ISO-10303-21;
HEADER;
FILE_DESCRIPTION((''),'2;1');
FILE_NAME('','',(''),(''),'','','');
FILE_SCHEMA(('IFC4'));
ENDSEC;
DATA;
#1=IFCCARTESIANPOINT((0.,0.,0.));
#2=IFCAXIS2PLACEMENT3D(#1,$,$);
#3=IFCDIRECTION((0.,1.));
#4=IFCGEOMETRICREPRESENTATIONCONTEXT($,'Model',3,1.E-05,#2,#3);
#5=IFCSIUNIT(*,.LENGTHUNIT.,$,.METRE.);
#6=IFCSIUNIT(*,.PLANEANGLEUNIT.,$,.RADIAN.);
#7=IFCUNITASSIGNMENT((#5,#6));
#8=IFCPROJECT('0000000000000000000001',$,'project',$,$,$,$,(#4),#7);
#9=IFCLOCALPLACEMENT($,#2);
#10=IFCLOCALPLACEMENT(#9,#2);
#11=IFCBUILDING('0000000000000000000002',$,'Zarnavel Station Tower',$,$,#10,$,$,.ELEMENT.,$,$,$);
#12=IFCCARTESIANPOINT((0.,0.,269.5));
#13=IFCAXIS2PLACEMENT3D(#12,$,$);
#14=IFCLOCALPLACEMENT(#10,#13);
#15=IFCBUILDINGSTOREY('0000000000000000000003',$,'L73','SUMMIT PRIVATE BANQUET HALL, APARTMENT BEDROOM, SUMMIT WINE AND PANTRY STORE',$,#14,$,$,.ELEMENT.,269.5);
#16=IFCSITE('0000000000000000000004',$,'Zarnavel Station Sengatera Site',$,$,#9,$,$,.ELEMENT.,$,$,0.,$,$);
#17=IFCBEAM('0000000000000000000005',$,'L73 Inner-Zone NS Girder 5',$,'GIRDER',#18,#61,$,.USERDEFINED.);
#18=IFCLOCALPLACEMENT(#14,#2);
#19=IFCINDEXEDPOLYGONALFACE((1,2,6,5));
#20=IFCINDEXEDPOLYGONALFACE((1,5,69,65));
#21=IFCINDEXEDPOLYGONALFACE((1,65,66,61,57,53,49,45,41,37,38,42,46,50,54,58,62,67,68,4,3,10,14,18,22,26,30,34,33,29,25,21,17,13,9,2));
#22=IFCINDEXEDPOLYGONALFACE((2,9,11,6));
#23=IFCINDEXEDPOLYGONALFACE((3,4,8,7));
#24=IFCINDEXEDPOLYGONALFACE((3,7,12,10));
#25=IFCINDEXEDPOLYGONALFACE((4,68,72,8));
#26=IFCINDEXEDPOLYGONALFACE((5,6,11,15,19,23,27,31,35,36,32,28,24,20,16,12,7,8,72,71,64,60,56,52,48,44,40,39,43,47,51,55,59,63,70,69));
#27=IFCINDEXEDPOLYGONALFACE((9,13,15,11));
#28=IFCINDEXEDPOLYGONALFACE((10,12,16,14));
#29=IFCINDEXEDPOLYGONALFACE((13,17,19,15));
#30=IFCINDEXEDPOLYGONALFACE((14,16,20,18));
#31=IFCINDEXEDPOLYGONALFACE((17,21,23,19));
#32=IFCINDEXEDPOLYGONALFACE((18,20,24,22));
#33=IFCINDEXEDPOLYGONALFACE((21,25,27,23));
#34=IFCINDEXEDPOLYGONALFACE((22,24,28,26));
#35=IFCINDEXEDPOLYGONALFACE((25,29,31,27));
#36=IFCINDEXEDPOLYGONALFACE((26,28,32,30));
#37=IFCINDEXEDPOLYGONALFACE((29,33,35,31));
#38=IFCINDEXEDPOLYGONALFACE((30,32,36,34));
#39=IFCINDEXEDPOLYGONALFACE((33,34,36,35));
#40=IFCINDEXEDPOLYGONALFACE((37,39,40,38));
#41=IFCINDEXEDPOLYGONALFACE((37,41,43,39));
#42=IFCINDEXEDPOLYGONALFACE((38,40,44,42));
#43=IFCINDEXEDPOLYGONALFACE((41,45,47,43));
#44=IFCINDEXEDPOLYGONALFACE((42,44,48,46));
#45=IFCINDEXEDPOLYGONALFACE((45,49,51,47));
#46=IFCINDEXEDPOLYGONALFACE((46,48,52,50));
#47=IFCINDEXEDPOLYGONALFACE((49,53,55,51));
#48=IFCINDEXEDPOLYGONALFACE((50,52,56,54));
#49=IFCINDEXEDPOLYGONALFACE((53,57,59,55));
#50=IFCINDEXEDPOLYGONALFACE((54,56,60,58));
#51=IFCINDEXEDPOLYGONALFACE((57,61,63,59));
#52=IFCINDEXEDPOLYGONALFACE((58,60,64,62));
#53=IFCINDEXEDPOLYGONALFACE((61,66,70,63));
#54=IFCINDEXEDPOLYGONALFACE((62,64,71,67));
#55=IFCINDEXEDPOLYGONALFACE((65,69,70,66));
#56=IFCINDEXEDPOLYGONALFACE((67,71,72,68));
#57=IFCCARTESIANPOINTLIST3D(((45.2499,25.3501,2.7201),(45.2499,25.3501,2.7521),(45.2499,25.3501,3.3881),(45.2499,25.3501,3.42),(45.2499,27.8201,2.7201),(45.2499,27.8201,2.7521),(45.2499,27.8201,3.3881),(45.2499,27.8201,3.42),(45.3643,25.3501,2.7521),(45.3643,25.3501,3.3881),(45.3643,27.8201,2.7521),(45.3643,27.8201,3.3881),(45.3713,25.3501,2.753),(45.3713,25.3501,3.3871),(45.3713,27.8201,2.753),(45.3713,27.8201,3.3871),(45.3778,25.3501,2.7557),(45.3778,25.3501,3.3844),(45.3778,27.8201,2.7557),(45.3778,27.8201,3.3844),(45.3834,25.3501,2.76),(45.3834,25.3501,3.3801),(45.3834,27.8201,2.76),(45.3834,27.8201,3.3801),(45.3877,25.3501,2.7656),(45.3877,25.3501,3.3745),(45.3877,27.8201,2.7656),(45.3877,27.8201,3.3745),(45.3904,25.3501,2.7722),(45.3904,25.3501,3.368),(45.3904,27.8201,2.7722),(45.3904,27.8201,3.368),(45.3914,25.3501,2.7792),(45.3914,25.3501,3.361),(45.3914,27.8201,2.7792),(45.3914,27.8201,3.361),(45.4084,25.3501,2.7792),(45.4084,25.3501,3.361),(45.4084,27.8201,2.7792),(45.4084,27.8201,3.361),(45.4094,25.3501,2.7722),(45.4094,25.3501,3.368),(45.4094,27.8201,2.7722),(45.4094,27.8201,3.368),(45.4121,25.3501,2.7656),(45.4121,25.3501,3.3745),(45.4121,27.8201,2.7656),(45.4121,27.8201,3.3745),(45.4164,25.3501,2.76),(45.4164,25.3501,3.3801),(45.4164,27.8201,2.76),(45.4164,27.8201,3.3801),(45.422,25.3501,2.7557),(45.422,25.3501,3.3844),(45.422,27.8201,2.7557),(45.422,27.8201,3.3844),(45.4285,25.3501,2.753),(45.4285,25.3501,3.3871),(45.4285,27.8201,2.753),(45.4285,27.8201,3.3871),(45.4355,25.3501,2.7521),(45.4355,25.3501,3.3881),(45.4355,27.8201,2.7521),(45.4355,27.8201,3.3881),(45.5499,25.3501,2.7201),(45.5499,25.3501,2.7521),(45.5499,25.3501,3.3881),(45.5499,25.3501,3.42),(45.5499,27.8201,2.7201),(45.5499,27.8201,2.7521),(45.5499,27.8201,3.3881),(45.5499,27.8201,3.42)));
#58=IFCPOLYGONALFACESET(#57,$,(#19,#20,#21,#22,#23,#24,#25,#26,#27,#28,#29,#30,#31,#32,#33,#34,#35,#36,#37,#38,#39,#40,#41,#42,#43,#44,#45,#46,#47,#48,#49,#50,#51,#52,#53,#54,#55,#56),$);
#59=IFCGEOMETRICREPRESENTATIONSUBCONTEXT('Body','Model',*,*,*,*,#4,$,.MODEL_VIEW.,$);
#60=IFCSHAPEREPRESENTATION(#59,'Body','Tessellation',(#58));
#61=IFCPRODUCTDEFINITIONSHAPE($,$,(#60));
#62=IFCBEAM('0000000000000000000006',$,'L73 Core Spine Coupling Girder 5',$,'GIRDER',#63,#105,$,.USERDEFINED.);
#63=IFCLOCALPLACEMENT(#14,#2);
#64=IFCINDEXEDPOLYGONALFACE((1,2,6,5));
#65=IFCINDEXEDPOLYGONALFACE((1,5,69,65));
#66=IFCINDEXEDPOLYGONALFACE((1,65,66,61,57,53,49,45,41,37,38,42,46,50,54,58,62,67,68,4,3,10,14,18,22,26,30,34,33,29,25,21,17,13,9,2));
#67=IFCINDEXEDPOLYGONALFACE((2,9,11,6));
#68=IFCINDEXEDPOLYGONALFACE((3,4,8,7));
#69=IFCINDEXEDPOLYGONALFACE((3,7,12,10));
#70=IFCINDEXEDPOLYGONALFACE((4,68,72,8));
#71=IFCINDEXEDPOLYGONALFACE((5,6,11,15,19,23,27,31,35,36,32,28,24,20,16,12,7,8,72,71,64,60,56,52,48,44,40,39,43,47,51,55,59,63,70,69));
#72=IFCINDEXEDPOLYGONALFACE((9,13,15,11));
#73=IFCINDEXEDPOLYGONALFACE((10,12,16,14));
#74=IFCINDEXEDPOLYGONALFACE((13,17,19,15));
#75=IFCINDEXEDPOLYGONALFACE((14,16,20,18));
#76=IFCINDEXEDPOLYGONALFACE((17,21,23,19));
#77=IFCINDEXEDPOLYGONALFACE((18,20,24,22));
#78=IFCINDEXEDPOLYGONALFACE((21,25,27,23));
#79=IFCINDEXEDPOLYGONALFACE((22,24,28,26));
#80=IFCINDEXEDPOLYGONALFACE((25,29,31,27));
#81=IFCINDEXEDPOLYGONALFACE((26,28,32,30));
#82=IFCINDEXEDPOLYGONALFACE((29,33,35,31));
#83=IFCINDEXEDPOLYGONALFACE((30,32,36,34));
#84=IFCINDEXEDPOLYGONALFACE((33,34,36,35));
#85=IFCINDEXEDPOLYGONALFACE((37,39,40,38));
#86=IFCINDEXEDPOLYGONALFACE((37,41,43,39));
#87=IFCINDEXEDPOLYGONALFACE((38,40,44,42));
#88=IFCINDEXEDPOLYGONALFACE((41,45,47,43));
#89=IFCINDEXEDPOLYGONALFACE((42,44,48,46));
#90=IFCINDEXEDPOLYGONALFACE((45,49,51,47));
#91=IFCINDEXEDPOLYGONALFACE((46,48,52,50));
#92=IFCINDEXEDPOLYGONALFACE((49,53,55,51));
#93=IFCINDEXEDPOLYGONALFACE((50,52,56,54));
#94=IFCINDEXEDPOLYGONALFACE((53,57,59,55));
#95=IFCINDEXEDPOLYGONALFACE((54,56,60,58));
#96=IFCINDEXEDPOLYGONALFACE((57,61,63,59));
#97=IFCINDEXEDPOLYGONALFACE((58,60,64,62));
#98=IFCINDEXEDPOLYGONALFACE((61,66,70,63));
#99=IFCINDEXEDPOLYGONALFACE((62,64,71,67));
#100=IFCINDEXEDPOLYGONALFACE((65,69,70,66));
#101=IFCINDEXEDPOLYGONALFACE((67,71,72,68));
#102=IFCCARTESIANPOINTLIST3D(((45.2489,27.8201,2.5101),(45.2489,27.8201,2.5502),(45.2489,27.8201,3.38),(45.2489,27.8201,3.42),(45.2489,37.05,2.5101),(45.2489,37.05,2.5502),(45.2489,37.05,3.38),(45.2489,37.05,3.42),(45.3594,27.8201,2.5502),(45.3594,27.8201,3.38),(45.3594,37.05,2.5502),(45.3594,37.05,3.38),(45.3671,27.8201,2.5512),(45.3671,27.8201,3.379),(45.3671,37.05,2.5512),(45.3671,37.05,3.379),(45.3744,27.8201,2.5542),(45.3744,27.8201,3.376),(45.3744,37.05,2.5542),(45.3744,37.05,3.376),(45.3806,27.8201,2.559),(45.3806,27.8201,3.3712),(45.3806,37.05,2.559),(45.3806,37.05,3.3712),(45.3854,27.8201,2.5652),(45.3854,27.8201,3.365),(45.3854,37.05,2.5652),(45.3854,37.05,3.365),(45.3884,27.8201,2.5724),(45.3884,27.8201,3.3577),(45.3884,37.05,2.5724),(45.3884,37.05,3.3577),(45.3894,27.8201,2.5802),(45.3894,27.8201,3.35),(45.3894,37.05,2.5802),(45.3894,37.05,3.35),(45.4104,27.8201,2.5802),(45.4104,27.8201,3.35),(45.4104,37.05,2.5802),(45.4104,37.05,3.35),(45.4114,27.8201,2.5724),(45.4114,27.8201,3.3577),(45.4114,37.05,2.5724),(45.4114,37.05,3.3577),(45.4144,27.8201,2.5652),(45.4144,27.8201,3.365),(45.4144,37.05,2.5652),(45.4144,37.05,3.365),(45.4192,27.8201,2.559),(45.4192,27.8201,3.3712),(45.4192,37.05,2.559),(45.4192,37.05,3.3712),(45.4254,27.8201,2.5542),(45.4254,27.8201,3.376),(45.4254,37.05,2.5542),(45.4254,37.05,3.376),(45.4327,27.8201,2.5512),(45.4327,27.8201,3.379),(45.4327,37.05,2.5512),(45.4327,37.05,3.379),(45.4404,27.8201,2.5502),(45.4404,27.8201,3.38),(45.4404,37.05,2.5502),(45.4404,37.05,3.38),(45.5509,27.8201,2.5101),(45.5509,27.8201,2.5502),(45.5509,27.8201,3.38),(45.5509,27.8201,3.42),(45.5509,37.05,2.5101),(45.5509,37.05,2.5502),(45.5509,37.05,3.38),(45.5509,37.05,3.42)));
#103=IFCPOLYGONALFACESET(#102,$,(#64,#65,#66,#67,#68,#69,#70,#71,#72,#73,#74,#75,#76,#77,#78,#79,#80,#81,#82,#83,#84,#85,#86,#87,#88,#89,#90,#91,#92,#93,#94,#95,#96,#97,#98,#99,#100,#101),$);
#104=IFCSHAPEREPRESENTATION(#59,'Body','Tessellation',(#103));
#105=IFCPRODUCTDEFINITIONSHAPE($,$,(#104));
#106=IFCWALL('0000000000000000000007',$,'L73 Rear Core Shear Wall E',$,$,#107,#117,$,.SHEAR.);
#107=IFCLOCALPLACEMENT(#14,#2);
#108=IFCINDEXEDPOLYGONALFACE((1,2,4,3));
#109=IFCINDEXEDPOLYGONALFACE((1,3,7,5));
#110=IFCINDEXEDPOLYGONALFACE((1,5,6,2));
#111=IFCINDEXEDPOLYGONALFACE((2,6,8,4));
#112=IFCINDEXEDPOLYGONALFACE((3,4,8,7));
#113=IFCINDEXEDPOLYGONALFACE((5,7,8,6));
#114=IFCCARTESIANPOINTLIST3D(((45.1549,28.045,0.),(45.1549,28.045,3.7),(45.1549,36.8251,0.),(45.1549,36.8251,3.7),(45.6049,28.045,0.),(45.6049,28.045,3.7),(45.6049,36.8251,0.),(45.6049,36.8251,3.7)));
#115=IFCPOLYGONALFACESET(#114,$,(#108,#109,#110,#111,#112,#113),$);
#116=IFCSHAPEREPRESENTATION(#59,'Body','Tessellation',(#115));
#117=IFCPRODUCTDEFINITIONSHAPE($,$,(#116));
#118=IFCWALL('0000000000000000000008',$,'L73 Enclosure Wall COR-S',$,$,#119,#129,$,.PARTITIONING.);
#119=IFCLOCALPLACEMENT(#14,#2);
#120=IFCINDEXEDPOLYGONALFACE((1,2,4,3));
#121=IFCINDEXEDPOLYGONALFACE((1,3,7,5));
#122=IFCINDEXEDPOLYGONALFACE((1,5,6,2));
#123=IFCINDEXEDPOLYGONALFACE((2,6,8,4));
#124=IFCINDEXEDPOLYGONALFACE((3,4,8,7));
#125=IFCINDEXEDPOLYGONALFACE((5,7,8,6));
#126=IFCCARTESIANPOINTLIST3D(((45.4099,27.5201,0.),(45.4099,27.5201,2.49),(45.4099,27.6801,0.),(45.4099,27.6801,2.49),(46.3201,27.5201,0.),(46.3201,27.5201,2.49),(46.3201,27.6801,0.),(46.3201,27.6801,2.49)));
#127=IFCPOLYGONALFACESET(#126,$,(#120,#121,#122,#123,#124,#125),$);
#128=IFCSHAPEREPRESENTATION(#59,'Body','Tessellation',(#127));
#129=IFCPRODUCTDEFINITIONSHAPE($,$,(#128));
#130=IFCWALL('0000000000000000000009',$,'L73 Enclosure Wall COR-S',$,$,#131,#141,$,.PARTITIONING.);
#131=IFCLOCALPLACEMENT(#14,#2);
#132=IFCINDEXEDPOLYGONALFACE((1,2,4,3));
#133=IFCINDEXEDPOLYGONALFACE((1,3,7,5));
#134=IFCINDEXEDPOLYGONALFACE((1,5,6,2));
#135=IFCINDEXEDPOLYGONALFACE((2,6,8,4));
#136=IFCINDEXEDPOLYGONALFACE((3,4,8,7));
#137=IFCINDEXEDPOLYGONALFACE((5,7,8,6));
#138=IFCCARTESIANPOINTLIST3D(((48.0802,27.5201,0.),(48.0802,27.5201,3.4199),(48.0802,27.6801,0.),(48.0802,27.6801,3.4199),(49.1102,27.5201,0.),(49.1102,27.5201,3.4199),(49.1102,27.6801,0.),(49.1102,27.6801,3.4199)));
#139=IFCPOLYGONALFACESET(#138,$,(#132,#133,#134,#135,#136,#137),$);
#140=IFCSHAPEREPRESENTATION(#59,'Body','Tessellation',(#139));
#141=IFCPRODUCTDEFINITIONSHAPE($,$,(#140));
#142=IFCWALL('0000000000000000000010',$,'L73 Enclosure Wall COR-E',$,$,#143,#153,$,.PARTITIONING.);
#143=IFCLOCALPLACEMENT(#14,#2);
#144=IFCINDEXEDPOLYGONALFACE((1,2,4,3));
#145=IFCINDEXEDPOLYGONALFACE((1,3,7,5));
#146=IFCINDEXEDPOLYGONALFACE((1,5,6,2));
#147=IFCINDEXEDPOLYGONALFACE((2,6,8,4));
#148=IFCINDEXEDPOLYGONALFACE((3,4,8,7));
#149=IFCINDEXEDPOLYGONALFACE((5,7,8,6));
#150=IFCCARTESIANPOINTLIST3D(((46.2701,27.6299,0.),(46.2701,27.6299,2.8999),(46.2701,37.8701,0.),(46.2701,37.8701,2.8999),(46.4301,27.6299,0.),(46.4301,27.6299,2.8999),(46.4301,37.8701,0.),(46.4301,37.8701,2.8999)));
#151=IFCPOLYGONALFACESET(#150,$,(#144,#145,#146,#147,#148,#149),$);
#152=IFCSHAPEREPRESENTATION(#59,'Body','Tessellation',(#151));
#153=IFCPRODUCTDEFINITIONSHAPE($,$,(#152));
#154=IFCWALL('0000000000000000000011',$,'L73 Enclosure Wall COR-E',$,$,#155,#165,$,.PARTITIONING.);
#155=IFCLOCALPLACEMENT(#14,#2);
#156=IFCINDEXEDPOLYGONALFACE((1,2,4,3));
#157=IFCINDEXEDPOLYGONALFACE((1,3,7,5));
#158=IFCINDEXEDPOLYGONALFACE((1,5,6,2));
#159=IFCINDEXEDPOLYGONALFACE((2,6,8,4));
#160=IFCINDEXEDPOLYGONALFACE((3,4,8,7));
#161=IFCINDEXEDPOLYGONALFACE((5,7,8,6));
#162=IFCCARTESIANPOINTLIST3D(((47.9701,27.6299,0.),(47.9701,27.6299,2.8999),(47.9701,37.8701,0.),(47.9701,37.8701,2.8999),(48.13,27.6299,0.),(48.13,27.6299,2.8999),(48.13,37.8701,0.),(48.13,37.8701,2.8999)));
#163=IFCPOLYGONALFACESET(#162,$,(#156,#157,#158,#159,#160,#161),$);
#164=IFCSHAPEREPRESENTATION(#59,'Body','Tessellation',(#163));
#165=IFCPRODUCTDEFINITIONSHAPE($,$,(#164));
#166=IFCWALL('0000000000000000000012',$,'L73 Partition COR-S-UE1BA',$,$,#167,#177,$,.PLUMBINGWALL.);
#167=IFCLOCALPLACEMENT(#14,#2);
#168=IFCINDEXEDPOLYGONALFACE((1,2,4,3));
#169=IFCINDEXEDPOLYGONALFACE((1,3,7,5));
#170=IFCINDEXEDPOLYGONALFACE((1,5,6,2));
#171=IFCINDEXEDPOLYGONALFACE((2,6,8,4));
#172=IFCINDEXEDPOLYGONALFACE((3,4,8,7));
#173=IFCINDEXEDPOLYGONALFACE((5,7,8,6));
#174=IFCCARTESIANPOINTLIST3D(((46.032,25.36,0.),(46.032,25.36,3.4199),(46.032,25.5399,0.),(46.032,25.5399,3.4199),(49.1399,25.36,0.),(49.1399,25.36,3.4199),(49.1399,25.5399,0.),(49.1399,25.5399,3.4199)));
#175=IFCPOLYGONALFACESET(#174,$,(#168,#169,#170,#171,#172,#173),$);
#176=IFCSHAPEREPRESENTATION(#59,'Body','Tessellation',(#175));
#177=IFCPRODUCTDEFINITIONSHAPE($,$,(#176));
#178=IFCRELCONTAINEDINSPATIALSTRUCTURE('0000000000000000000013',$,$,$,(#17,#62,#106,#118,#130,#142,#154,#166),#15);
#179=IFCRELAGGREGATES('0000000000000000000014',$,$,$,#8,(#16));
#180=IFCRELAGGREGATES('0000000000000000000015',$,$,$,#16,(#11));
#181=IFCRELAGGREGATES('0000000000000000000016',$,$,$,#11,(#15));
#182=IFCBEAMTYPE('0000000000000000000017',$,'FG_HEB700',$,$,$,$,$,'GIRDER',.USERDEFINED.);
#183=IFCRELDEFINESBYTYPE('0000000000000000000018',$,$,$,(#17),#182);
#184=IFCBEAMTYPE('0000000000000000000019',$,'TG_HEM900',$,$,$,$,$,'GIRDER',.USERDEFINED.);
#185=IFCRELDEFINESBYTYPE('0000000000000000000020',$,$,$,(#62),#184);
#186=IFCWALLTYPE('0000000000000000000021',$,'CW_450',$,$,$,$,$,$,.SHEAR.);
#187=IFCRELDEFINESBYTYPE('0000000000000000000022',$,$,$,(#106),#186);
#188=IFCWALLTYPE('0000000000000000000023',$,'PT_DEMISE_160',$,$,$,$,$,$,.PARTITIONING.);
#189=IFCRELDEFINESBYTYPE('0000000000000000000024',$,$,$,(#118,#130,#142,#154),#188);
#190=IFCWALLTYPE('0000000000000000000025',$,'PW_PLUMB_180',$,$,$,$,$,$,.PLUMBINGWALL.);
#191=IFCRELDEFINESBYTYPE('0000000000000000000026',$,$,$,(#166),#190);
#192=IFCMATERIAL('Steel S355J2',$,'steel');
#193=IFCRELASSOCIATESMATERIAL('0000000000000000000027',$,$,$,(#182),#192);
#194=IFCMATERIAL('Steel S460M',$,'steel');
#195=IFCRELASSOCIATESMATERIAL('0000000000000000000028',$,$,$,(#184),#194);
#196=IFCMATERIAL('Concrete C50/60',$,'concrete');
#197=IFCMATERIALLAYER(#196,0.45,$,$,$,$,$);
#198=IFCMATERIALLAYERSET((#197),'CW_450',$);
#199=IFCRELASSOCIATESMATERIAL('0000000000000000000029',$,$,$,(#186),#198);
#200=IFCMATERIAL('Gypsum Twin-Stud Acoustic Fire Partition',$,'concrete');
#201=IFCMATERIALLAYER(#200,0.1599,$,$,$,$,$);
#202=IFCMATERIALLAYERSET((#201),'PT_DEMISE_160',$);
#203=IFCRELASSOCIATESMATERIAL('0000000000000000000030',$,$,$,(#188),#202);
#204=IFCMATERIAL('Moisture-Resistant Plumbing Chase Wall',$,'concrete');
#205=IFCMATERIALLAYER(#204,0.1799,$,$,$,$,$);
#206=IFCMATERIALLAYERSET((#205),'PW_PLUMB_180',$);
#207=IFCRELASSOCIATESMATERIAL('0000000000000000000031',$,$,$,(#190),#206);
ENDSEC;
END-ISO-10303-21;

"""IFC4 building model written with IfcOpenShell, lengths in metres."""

from ifc_helpers import new_model, si_unit, direction, frame, frame_2d, origin, origin_2d, place, context, subcontext, project, spatial, rectangle, i_section, extrude, material, layer, layer_set, material_profile, profile_set, type_object, element, save


model = new_model("IFC4")

# Units and contexts
model_context = context("Model", 3, precision=1e-05, world=origin(), true_north=direction((0.0, 1.0)))
body_context = subcontext(model_context, "Body", "Model", "MODEL_VIEW")
ifc_project = project(units=[si_unit("LENGTHUNIT", "METRE"), si_unit("PLANEANGLEUNIT", "RADIAN")], contexts=[model_context])

# Site, building, storey
site_placement = place(None, origin())
site = spatial("IfcSite", under=ifc_project, at=site_placement, Name="Zarnavel Station Sengatera Site", CompositionType="ELEMENT", RefElevation=0.0)
building_placement = place(site_placement, origin())
building = spatial("IfcBuilding", under=site, at=building_placement, Name="Zarnavel Station Tower", CompositionType="ELEMENT")
storey_placement = place(building_placement, frame((0.0, 0.0, 269.5)))
storey = spatial("IfcBuildingStorey", under=building, at=storey_placement, Name="L73", Description="SUMMIT PRIVATE BANQUET HALL, APARTMENT BEDROOM, SUMMIT WINE AND PANTRY STORE", CompositionType="ELEMENT", Elevation=269.5)

# Beams
ifc_material_1 = material(Name="Steel S355J2", Category="steel")
ifc_material_profile_1 = material_profile(ifc_material_1, i_section(OverallWidth=0.3, OverallDepth=0.7, WebThickness=0.0171, FlangeThickness=0.032, FilletRadius=0.0271, at=origin_2d()), Name="HEB700")
ifc_profile_set_1 = profile_set([ifc_material_profile_1], Name="Steel S355J2")
beam_type_1 = type_object("IfcBeamType", Name="FG_HEB700", ElementType="GIRDER", PredefinedType="USERDEFINED", material=ifc_profile_set_1)
beam_1_placement = place(storey_placement, frame((45.3999, 25.3501, 3.0701), z_axis=(0.0, 1.0, 0.0), x_axis=(-1.0, 0.0, 0.0)))
element("IfcBeam", 1, at=beam_1_placement, inside=storey, type_object=beam_type_1, Name="L73 Inner-Zone NS Girder 5", ObjectType="GIRDER", PredefinedType="USERDEFINED", context=body_context, shape_type="SweptSolid", body=[
    extrude(i_section(OverallWidth=0.3, OverallDepth=0.7, WebThickness=0.0171, FlangeThickness=0.032, FilletRadius=0.0271, at=origin_2d()), origin(), (0.0, 0.0, 1.0), 2.47),
])
ifc_material_2 = material(Name="Steel S460M", Category="steel")
ifc_material_profile_2 = material_profile(ifc_material_2, i_section(OverallWidth=0.302, OverallDepth=0.9099, WebThickness=0.021, FlangeThickness=0.04, FilletRadius=0.03, at=origin_2d()), Name="HEM900")
ifc_profile_set_2 = profile_set([ifc_material_profile_2], Name="Steel S460M")
beam_type_2 = type_object("IfcBeamType", Name="TG_HEM900", ElementType="GIRDER", PredefinedType="USERDEFINED", material=ifc_profile_set_2)
beam_2_placement = place(storey_placement, frame((45.3999, 27.8201, 2.9651), z_axis=(0.0, 1.0, 0.0), x_axis=(-1.0, 0.0, 0.0)))
element("IfcBeam", 2, at=beam_2_placement, inside=storey, type_object=beam_type_2, Name="L73 Core Spine Coupling Girder 5", ObjectType="GIRDER", PredefinedType="USERDEFINED", context=body_context, shape_type="SweptSolid", body=[
    extrude(i_section(OverallWidth=0.302, OverallDepth=0.9099, WebThickness=0.021, FlangeThickness=0.04, FilletRadius=0.03, at=origin_2d()), origin(), (0.0, 0.0, 1.0), 9.23),
])

# Shared definitions
ifc_material_3 = material(Name="Concrete C50/60", Category="concrete")
ifc_layer_1 = layer(ifc_material_3, 0.45)
ifc_layer_set_1 = layer_set([ifc_layer_1], Name="CW_450")
wall_type_1 = type_object("IfcWallType", Name="CW_450", PredefinedType="SHEAR", material=ifc_layer_set_1)

# Wall
wall_1_placement = place(storey_placement, frame((45.3799, 28.0449, 0.0), z_axis=(0.0, 0.0, 1.0), x_axis=(0.0, 1.0, 0.0)))
element("IfcWall", 3, at=wall_1_placement, inside=storey, type_object=wall_type_1, Name="L73 Rear Core Shear Wall E", PredefinedType="SHEAR", context=body_context, shape_type="SweptSolid", body=[
    extrude(rectangle(XDim=8.78, YDim=0.45, at=frame_2d((4.3901, 0.0))), origin(), (0.0, 0.0, 1.0), 3.7),
])

# Shared definitions
ifc_material_4 = material(Name="Gypsum Twin-Stud Acoustic Fire Partition", Category="concrete")
ifc_layer_2 = layer(ifc_material_4, 0.1599)
ifc_layer_set_2 = layer_set([ifc_layer_2], Name="PT_DEMISE_160")
wall_type_2 = type_object("IfcWallType", Name="PT_DEMISE_160", PredefinedType="PARTITIONING", material=ifc_layer_set_2)

# Walls
wall_2_placement = place(storey_placement, frame((45.4099, 27.6001, 0.0), z_axis=(0.0, 0.0, 1.0), x_axis=(1.0, 0.0, 0.0)))
element("IfcWall", 4, at=wall_2_placement, inside=storey, type_object=wall_type_2, Name="L73 Enclosure Wall COR-S", PredefinedType="PARTITIONING", context=body_context, shape_type="SweptSolid", body=[
    extrude(rectangle(XDim=0.9102, YDim=0.1599, at=frame_2d((0.4551, 0.0))), origin(), (0.0, 0.0, 1.0), 2.49),
])
wall_3_placement = place(storey_placement, frame((48.0801, 27.6001, 0.0), z_axis=(0.0, 0.0, 1.0), x_axis=(1.0, 0.0, 0.0)))
element("IfcWall", 5, at=wall_3_placement, inside=storey, type_object=wall_type_2, Name="L73 Enclosure Wall COR-S", PredefinedType="PARTITIONING", context=body_context, shape_type="SweptSolid", body=[
    extrude(rectangle(XDim=1.03, YDim=0.1599, at=frame_2d((0.5151, 0.0))), origin(), (0.0, 0.0, 1.0), 3.4199),
])
for number, where, z_axis, x_axis, name in (
    (6, (46.3501, 27.6299, 0.0), (0.0, 0.0, 1.0), (0.0, 1.0, 0.0), "L73 Enclosure Wall COR-E"),
    (7, (48.05, 27.6299, 0.0), (0.0, 0.0, 1.0), (0.0, 1.0, 0.0), "L73 Enclosure Wall COR-E"),
):
    element("IfcWall", number, at=place(storey_placement, frame(where, z_axis=z_axis, x_axis=x_axis)), inside=storey, type_object=wall_type_2, Name=name, PredefinedType="PARTITIONING", context=body_context, shape_type="SweptSolid", body=[
        extrude(rectangle(XDim=10.2402, YDim=0.1599, at=frame_2d((5.1201, 0.0))), origin(), (0.0, 0.0, 1.0), 2.8999),
    ])
ifc_material_5 = material(Name="Moisture-Resistant Plumbing Chase Wall", Category="concrete")
ifc_layer_3 = layer(ifc_material_5, 0.1799)
ifc_layer_set_3 = layer_set([ifc_layer_3], Name="PW_PLUMB_180")
wall_type_3 = type_object("IfcWallType", Name="PW_PLUMB_180", PredefinedType="PLUMBINGWALL", material=ifc_layer_set_3)
wall_4_placement = place(storey_placement, frame((46.032, 25.45, 0.0), z_axis=(0.0, 0.0, 1.0), x_axis=(1.0, 0.0, 0.0)))
element("IfcWall", 8, at=wall_4_placement, inside=storey, type_object=wall_type_3, Name="L73 Partition COR-S-UE1BA", PredefinedType="PLUMBINGWALL", context=body_context, shape_type="SweptSolid", body=[
    extrude(rectangle(XDim=3.1079, YDim=0.1799, at=frame_2d((1.554, 0.0))), origin(), (0.0, 0.0, 1.0), 3.4199),
])

save(model, "model.ifc")
